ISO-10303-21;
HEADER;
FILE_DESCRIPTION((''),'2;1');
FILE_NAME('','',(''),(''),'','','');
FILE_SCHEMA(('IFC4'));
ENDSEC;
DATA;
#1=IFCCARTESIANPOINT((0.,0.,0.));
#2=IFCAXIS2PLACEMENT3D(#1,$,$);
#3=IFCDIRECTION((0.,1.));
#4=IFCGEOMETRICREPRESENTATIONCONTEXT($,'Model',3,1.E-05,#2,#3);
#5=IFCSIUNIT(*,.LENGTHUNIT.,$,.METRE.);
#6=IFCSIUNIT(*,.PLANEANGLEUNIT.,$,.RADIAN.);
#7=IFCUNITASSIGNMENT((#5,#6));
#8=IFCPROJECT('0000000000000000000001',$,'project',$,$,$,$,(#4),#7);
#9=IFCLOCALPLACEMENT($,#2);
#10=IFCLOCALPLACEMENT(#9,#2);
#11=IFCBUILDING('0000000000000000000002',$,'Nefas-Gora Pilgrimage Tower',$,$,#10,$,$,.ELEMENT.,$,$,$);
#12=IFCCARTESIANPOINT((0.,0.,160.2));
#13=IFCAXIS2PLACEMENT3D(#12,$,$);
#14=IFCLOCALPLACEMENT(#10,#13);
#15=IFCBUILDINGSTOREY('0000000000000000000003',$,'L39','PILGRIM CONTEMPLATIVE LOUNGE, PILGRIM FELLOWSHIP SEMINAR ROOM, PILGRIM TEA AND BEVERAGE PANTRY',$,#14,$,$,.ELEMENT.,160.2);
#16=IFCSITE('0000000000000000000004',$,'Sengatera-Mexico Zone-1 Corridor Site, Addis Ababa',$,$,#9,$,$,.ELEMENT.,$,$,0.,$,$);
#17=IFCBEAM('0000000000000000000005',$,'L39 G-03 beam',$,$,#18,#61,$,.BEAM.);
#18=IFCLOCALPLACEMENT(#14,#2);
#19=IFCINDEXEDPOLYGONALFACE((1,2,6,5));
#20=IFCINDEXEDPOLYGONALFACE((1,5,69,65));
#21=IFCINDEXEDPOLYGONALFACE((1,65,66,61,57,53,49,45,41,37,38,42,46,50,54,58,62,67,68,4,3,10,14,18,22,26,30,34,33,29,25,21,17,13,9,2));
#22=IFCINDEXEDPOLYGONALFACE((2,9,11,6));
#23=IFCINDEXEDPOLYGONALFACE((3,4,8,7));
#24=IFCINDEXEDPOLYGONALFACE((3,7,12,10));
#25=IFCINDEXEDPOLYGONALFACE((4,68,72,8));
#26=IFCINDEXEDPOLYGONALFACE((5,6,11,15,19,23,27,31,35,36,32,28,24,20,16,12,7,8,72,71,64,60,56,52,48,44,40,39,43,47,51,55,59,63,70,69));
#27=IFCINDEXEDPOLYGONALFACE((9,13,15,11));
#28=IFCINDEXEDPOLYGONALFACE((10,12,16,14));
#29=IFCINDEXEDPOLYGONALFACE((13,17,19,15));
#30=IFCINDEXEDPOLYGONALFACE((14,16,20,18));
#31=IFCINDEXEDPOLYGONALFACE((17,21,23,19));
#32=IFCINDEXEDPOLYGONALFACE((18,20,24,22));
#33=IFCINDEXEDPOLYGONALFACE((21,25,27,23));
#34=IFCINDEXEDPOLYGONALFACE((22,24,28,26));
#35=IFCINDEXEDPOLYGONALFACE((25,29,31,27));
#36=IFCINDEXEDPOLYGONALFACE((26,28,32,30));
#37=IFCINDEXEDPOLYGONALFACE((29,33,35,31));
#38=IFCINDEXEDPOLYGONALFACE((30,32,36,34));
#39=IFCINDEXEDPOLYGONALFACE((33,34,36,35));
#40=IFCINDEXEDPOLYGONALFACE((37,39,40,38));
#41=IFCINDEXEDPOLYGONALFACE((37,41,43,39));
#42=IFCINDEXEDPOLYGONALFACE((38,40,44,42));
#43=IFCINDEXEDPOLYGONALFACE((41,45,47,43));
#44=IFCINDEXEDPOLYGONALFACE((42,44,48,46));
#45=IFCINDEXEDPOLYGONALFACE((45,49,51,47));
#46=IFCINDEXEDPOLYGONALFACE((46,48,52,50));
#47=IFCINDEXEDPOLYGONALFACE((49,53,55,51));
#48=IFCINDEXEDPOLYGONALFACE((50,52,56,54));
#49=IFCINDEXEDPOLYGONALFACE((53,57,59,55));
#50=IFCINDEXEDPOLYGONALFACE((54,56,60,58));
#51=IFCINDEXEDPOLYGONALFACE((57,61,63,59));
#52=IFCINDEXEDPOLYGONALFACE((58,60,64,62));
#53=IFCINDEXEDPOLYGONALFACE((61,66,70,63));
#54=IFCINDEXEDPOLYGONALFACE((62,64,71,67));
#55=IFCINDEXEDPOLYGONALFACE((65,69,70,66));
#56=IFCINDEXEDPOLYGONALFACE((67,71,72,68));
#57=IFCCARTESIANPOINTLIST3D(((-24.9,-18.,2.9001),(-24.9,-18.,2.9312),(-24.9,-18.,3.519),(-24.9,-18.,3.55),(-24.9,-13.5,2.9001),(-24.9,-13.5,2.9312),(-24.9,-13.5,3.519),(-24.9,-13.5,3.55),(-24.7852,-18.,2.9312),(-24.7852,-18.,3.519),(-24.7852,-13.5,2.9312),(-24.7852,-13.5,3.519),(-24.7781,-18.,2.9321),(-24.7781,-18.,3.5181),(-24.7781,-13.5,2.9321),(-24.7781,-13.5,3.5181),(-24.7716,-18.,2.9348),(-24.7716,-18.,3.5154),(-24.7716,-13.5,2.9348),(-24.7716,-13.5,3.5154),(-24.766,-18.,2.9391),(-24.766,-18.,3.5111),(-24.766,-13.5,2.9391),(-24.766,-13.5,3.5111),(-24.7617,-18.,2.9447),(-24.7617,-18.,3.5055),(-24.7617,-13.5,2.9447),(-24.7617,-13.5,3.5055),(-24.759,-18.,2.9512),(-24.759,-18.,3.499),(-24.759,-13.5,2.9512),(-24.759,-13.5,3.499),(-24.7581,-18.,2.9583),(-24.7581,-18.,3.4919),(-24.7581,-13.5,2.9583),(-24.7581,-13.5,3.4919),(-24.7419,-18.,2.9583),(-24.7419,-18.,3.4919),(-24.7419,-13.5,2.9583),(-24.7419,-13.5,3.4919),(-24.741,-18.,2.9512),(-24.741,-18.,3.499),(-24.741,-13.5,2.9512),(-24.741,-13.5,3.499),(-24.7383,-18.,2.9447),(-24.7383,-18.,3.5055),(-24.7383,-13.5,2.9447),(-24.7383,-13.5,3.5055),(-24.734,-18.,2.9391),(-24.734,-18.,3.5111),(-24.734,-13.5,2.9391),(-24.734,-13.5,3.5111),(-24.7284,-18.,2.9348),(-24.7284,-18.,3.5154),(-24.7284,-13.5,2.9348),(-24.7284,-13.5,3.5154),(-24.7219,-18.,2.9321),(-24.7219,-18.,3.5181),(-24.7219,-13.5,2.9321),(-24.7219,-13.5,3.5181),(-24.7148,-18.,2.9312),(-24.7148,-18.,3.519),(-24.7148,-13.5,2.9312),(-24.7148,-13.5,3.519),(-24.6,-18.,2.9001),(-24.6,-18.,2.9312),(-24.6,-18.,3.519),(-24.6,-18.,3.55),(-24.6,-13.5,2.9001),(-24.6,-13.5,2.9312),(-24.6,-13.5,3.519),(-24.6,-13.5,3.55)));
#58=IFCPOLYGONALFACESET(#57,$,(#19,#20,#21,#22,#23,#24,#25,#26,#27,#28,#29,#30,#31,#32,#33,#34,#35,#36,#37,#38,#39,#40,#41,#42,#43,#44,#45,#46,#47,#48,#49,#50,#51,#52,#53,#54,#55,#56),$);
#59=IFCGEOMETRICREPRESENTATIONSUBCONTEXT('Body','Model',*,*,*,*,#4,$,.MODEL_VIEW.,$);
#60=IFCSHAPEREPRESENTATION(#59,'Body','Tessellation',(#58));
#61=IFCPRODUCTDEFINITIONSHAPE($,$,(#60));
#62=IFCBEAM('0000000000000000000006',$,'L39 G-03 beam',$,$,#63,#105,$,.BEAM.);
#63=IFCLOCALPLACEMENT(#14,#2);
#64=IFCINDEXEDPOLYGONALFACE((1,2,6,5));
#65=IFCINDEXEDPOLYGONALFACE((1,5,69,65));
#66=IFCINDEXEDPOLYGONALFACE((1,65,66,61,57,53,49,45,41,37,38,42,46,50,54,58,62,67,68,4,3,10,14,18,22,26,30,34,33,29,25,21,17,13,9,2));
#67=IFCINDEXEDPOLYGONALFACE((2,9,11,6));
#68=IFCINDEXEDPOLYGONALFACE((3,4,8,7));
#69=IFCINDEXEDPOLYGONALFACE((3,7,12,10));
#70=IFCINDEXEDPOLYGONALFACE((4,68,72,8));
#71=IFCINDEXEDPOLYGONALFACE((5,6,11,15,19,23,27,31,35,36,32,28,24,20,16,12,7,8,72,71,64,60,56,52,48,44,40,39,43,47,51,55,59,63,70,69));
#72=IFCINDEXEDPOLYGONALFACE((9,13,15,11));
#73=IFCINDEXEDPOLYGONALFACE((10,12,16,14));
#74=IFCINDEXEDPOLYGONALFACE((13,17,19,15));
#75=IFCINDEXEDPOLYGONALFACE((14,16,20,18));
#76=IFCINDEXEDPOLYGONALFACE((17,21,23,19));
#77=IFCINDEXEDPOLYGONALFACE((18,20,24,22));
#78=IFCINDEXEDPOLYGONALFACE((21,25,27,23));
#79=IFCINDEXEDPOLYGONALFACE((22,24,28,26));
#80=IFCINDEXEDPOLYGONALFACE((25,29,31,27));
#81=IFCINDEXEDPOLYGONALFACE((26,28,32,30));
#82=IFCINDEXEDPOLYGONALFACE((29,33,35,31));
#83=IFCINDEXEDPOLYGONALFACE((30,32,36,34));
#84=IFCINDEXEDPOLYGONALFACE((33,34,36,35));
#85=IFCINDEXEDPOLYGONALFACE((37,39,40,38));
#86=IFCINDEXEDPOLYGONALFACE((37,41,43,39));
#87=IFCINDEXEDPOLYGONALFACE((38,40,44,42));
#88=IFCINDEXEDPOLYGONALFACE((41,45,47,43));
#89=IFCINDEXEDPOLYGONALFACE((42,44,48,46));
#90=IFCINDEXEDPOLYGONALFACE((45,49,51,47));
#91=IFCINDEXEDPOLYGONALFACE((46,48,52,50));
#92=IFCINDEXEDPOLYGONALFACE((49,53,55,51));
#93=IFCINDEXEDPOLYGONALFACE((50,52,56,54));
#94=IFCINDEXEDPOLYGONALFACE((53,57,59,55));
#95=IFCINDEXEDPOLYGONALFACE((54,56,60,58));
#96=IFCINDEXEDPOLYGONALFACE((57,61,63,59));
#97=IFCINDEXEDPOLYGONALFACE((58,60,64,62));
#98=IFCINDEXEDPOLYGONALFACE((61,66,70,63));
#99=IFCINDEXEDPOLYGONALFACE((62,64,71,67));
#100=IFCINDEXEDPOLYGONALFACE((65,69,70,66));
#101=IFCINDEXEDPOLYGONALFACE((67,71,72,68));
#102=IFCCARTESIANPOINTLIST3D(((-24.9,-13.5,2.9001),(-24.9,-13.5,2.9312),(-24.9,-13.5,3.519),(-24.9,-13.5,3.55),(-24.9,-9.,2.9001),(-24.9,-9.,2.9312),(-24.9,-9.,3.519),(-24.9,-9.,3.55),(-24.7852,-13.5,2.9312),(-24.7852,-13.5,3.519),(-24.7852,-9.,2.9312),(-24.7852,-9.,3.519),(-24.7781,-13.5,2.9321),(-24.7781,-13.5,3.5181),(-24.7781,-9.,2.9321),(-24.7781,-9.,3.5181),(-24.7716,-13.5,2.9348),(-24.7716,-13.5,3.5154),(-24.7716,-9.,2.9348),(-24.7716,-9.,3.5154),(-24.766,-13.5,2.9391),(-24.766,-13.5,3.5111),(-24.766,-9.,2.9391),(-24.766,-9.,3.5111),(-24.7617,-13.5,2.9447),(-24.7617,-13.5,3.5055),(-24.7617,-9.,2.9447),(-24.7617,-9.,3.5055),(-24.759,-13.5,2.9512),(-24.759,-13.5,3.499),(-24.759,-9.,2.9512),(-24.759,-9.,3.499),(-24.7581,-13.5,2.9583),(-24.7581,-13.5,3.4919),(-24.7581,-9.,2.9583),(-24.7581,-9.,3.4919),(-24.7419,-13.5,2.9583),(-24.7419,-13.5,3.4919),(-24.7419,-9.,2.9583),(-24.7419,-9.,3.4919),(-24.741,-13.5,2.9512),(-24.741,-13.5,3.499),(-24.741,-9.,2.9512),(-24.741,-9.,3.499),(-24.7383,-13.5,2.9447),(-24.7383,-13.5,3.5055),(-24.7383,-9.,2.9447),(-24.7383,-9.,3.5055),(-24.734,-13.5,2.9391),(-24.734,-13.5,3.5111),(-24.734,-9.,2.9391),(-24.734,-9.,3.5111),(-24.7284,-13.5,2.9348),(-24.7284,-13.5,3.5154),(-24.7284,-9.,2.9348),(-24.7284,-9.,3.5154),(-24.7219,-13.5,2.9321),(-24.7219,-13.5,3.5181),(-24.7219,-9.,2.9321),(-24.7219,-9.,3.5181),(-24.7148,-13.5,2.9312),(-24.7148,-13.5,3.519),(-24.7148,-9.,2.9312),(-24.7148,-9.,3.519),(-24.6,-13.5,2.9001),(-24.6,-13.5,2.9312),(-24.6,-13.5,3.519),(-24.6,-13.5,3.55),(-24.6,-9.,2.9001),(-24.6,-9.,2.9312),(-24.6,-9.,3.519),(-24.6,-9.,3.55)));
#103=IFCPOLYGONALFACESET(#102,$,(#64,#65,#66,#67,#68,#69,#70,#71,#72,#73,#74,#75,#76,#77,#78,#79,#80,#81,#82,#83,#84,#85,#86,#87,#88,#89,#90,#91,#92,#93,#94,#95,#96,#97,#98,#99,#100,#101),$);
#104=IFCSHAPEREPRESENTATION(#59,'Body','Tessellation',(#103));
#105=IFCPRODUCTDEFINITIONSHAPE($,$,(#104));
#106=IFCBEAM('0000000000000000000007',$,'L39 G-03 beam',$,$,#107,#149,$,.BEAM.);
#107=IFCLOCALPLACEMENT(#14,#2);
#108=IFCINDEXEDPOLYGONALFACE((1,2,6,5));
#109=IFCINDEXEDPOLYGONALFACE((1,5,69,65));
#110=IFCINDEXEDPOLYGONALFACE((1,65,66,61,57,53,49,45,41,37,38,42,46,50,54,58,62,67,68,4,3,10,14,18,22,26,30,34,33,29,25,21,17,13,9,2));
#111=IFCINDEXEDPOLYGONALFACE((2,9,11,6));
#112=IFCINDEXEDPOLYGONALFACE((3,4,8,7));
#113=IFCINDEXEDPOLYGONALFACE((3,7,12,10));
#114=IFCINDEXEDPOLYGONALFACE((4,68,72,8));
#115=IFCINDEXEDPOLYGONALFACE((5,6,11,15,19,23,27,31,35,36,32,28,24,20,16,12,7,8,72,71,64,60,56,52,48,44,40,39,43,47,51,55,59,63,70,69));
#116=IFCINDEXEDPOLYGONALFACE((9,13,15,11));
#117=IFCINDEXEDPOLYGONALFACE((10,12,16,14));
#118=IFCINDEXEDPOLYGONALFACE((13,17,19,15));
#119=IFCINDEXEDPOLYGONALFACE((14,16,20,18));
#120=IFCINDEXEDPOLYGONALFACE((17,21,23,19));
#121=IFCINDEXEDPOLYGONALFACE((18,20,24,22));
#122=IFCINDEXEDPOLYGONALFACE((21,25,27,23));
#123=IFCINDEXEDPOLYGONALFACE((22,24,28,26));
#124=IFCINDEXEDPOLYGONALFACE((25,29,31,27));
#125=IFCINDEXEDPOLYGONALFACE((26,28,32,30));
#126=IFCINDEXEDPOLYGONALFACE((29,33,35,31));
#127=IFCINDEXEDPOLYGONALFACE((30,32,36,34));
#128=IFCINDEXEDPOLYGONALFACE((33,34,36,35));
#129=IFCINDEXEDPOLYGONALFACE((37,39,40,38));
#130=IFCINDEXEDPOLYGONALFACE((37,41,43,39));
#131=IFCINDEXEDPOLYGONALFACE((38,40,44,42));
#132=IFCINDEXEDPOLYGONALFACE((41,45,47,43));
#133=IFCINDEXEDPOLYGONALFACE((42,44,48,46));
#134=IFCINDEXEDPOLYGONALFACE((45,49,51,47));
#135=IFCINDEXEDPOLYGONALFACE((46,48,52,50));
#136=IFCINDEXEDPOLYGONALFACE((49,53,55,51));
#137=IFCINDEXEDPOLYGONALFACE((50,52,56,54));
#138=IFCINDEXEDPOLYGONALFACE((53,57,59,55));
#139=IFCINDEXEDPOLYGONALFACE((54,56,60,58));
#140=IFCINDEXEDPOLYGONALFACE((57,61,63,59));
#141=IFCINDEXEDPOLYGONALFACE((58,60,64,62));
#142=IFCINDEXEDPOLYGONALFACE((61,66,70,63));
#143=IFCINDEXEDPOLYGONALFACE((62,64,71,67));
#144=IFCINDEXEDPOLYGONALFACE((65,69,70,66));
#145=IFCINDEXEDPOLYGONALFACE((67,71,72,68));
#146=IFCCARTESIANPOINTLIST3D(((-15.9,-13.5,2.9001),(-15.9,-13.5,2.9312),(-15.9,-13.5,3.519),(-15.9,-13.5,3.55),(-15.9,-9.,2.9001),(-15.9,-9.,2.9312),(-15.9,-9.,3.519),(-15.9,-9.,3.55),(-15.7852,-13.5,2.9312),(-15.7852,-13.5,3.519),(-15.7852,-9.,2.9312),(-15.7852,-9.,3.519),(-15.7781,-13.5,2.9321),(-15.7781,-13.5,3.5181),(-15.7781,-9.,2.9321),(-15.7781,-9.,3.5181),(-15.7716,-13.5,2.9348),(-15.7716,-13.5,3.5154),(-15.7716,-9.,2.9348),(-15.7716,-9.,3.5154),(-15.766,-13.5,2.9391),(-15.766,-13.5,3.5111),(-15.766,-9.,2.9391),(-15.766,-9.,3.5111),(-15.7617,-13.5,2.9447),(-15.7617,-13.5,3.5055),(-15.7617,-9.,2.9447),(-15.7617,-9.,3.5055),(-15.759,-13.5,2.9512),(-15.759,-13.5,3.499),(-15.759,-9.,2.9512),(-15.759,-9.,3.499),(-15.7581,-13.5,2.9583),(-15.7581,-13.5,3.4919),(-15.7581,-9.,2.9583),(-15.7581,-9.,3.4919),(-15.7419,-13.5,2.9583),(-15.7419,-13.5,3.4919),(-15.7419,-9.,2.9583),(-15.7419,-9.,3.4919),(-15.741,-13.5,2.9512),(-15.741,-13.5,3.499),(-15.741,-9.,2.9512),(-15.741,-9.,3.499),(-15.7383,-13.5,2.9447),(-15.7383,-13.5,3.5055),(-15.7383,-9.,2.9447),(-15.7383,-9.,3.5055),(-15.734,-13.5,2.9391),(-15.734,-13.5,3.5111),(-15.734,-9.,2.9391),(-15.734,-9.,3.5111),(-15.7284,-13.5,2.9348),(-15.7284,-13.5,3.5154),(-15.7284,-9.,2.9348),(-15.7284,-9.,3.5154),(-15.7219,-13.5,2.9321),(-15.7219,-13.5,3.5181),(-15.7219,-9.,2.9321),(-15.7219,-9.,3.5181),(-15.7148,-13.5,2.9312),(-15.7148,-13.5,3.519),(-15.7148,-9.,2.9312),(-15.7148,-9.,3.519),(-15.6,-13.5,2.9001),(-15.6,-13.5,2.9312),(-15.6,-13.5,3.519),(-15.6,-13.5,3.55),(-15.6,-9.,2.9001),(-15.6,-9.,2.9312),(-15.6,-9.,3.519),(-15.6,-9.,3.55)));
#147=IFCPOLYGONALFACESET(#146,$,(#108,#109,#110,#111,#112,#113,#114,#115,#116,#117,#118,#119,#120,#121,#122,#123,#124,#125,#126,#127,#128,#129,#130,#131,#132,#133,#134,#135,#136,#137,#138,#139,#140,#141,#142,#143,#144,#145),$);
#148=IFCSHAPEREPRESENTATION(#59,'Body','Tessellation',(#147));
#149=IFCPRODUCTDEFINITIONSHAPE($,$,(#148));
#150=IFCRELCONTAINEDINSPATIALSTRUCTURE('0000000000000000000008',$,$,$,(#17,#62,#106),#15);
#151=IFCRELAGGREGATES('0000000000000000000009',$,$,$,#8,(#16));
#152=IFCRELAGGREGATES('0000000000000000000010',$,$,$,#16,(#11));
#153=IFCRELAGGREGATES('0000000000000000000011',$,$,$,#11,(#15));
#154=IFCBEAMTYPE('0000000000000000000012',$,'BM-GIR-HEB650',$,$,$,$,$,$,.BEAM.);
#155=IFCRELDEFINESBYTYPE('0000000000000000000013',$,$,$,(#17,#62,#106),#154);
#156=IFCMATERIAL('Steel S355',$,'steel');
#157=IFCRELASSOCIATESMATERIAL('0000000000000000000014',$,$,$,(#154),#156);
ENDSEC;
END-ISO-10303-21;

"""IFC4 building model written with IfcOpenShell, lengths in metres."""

from ifc_helpers import new_model, si_unit, direction, frame, origin, origin_2d, place, context, subcontext, project, spatial, i_section, extrude, source, transform, mapped, material, material_profile, profile_set, type_object, element, save


model = new_model("IFC4")

# Units and contexts
model_context = context("Model", 3, precision=1e-05, world=origin(), true_north=direction((0.0, 1.0)))
body_context = subcontext(model_context, "Body", "Model", "MODEL_VIEW")
ifc_project = project(units=[si_unit("LENGTHUNIT", "METRE"), si_unit("PLANEANGLEUNIT", "RADIAN")], contexts=[model_context])

# Site, building, storey
site_placement = place(None, origin())
site = spatial("IfcSite", under=ifc_project, at=site_placement, Name="Sengatera-Mexico Zone-1 Corridor Site, Addis Ababa", CompositionType="ELEMENT", RefElevation=0.0)
building_placement = place(site_placement, origin())
building = spatial("IfcBuilding", under=site, at=building_placement, Name="Nefas-Gora Pilgrimage Tower", CompositionType="ELEMENT")
storey_placement = place(building_placement, frame((0.0, 0.0, 160.2)))
storey = spatial("IfcBuildingStorey", under=building, at=storey_placement, Name="L39", Description="PILGRIM CONTEMPLATIVE LOUNGE, PILGRIM FELLOWSHIP SEMINAR ROOM, PILGRIM TEA AND BEVERAGE PANTRY", CompositionType="ELEMENT", Elevation=160.2)

# Beams
ifc_material_1 = material(Name="Steel S355", Category="steel")
ifc_material_profile_1 = material_profile(ifc_material_1, i_section(OverallWidth=0.3, OverallDepth=0.6499, WebThickness=0.0161, FlangeThickness=0.031, FilletRadius=0.0271, at=origin_2d()), Name="HEB 650")
ifc_profile_set_1 = profile_set([ifc_material_profile_1], Name="Steel S355")
beam_type_1 = type_object("IfcBeamType", Name="BM-GIR-HEB650", PredefinedType="BEAM", material=ifc_profile_set_1)
shared_shape_1 = source(origin(), body_context, "Body", "SweptSolid", [
    extrude(i_section(OverallWidth=0.3, OverallDepth=0.6499, WebThickness=0.0161, FlangeThickness=0.031, FilletRadius=0.0271, at=origin_2d()), origin(), (0.0, 0.0, 1.0), 4.5),
])
for number, where, z_axis, x_axis, name in (
    (1, (-24.75, -18.0, 3.2251), (0.0, 1.0, 0.0), (-1.0, 0.0, 0.0), "L39 G-03 beam"),
    (2, (-24.75, -13.5, 3.2251), (0.0, 1.0, 0.0), (-1.0, 0.0, 0.0), "L39 G-03 beam"),
    (3, (-15.75, -13.5, 3.2251), (0.0, 1.0, 0.0), (-1.0, 0.0, 0.0), "L39 G-03 beam"),
):
    element("IfcBeam", number, at=place(storey_placement, frame(where, z_axis=z_axis, x_axis=x_axis)), inside=storey, type_object=beam_type_1, Name=name, PredefinedType="BEAM", context=body_context, shape_type="MappedRepresentation", body=[
        mapped(shared_shape_1, transform((0.0, 0.0, 0.0), x_axis=(1.0, 0.0, 0.0), y_axis=(0.0, 1.0, 0.0), z_axis=(0.0, 0.0, 1.0), scale=1.0)),
    ])

save(model, "model.ifc")
